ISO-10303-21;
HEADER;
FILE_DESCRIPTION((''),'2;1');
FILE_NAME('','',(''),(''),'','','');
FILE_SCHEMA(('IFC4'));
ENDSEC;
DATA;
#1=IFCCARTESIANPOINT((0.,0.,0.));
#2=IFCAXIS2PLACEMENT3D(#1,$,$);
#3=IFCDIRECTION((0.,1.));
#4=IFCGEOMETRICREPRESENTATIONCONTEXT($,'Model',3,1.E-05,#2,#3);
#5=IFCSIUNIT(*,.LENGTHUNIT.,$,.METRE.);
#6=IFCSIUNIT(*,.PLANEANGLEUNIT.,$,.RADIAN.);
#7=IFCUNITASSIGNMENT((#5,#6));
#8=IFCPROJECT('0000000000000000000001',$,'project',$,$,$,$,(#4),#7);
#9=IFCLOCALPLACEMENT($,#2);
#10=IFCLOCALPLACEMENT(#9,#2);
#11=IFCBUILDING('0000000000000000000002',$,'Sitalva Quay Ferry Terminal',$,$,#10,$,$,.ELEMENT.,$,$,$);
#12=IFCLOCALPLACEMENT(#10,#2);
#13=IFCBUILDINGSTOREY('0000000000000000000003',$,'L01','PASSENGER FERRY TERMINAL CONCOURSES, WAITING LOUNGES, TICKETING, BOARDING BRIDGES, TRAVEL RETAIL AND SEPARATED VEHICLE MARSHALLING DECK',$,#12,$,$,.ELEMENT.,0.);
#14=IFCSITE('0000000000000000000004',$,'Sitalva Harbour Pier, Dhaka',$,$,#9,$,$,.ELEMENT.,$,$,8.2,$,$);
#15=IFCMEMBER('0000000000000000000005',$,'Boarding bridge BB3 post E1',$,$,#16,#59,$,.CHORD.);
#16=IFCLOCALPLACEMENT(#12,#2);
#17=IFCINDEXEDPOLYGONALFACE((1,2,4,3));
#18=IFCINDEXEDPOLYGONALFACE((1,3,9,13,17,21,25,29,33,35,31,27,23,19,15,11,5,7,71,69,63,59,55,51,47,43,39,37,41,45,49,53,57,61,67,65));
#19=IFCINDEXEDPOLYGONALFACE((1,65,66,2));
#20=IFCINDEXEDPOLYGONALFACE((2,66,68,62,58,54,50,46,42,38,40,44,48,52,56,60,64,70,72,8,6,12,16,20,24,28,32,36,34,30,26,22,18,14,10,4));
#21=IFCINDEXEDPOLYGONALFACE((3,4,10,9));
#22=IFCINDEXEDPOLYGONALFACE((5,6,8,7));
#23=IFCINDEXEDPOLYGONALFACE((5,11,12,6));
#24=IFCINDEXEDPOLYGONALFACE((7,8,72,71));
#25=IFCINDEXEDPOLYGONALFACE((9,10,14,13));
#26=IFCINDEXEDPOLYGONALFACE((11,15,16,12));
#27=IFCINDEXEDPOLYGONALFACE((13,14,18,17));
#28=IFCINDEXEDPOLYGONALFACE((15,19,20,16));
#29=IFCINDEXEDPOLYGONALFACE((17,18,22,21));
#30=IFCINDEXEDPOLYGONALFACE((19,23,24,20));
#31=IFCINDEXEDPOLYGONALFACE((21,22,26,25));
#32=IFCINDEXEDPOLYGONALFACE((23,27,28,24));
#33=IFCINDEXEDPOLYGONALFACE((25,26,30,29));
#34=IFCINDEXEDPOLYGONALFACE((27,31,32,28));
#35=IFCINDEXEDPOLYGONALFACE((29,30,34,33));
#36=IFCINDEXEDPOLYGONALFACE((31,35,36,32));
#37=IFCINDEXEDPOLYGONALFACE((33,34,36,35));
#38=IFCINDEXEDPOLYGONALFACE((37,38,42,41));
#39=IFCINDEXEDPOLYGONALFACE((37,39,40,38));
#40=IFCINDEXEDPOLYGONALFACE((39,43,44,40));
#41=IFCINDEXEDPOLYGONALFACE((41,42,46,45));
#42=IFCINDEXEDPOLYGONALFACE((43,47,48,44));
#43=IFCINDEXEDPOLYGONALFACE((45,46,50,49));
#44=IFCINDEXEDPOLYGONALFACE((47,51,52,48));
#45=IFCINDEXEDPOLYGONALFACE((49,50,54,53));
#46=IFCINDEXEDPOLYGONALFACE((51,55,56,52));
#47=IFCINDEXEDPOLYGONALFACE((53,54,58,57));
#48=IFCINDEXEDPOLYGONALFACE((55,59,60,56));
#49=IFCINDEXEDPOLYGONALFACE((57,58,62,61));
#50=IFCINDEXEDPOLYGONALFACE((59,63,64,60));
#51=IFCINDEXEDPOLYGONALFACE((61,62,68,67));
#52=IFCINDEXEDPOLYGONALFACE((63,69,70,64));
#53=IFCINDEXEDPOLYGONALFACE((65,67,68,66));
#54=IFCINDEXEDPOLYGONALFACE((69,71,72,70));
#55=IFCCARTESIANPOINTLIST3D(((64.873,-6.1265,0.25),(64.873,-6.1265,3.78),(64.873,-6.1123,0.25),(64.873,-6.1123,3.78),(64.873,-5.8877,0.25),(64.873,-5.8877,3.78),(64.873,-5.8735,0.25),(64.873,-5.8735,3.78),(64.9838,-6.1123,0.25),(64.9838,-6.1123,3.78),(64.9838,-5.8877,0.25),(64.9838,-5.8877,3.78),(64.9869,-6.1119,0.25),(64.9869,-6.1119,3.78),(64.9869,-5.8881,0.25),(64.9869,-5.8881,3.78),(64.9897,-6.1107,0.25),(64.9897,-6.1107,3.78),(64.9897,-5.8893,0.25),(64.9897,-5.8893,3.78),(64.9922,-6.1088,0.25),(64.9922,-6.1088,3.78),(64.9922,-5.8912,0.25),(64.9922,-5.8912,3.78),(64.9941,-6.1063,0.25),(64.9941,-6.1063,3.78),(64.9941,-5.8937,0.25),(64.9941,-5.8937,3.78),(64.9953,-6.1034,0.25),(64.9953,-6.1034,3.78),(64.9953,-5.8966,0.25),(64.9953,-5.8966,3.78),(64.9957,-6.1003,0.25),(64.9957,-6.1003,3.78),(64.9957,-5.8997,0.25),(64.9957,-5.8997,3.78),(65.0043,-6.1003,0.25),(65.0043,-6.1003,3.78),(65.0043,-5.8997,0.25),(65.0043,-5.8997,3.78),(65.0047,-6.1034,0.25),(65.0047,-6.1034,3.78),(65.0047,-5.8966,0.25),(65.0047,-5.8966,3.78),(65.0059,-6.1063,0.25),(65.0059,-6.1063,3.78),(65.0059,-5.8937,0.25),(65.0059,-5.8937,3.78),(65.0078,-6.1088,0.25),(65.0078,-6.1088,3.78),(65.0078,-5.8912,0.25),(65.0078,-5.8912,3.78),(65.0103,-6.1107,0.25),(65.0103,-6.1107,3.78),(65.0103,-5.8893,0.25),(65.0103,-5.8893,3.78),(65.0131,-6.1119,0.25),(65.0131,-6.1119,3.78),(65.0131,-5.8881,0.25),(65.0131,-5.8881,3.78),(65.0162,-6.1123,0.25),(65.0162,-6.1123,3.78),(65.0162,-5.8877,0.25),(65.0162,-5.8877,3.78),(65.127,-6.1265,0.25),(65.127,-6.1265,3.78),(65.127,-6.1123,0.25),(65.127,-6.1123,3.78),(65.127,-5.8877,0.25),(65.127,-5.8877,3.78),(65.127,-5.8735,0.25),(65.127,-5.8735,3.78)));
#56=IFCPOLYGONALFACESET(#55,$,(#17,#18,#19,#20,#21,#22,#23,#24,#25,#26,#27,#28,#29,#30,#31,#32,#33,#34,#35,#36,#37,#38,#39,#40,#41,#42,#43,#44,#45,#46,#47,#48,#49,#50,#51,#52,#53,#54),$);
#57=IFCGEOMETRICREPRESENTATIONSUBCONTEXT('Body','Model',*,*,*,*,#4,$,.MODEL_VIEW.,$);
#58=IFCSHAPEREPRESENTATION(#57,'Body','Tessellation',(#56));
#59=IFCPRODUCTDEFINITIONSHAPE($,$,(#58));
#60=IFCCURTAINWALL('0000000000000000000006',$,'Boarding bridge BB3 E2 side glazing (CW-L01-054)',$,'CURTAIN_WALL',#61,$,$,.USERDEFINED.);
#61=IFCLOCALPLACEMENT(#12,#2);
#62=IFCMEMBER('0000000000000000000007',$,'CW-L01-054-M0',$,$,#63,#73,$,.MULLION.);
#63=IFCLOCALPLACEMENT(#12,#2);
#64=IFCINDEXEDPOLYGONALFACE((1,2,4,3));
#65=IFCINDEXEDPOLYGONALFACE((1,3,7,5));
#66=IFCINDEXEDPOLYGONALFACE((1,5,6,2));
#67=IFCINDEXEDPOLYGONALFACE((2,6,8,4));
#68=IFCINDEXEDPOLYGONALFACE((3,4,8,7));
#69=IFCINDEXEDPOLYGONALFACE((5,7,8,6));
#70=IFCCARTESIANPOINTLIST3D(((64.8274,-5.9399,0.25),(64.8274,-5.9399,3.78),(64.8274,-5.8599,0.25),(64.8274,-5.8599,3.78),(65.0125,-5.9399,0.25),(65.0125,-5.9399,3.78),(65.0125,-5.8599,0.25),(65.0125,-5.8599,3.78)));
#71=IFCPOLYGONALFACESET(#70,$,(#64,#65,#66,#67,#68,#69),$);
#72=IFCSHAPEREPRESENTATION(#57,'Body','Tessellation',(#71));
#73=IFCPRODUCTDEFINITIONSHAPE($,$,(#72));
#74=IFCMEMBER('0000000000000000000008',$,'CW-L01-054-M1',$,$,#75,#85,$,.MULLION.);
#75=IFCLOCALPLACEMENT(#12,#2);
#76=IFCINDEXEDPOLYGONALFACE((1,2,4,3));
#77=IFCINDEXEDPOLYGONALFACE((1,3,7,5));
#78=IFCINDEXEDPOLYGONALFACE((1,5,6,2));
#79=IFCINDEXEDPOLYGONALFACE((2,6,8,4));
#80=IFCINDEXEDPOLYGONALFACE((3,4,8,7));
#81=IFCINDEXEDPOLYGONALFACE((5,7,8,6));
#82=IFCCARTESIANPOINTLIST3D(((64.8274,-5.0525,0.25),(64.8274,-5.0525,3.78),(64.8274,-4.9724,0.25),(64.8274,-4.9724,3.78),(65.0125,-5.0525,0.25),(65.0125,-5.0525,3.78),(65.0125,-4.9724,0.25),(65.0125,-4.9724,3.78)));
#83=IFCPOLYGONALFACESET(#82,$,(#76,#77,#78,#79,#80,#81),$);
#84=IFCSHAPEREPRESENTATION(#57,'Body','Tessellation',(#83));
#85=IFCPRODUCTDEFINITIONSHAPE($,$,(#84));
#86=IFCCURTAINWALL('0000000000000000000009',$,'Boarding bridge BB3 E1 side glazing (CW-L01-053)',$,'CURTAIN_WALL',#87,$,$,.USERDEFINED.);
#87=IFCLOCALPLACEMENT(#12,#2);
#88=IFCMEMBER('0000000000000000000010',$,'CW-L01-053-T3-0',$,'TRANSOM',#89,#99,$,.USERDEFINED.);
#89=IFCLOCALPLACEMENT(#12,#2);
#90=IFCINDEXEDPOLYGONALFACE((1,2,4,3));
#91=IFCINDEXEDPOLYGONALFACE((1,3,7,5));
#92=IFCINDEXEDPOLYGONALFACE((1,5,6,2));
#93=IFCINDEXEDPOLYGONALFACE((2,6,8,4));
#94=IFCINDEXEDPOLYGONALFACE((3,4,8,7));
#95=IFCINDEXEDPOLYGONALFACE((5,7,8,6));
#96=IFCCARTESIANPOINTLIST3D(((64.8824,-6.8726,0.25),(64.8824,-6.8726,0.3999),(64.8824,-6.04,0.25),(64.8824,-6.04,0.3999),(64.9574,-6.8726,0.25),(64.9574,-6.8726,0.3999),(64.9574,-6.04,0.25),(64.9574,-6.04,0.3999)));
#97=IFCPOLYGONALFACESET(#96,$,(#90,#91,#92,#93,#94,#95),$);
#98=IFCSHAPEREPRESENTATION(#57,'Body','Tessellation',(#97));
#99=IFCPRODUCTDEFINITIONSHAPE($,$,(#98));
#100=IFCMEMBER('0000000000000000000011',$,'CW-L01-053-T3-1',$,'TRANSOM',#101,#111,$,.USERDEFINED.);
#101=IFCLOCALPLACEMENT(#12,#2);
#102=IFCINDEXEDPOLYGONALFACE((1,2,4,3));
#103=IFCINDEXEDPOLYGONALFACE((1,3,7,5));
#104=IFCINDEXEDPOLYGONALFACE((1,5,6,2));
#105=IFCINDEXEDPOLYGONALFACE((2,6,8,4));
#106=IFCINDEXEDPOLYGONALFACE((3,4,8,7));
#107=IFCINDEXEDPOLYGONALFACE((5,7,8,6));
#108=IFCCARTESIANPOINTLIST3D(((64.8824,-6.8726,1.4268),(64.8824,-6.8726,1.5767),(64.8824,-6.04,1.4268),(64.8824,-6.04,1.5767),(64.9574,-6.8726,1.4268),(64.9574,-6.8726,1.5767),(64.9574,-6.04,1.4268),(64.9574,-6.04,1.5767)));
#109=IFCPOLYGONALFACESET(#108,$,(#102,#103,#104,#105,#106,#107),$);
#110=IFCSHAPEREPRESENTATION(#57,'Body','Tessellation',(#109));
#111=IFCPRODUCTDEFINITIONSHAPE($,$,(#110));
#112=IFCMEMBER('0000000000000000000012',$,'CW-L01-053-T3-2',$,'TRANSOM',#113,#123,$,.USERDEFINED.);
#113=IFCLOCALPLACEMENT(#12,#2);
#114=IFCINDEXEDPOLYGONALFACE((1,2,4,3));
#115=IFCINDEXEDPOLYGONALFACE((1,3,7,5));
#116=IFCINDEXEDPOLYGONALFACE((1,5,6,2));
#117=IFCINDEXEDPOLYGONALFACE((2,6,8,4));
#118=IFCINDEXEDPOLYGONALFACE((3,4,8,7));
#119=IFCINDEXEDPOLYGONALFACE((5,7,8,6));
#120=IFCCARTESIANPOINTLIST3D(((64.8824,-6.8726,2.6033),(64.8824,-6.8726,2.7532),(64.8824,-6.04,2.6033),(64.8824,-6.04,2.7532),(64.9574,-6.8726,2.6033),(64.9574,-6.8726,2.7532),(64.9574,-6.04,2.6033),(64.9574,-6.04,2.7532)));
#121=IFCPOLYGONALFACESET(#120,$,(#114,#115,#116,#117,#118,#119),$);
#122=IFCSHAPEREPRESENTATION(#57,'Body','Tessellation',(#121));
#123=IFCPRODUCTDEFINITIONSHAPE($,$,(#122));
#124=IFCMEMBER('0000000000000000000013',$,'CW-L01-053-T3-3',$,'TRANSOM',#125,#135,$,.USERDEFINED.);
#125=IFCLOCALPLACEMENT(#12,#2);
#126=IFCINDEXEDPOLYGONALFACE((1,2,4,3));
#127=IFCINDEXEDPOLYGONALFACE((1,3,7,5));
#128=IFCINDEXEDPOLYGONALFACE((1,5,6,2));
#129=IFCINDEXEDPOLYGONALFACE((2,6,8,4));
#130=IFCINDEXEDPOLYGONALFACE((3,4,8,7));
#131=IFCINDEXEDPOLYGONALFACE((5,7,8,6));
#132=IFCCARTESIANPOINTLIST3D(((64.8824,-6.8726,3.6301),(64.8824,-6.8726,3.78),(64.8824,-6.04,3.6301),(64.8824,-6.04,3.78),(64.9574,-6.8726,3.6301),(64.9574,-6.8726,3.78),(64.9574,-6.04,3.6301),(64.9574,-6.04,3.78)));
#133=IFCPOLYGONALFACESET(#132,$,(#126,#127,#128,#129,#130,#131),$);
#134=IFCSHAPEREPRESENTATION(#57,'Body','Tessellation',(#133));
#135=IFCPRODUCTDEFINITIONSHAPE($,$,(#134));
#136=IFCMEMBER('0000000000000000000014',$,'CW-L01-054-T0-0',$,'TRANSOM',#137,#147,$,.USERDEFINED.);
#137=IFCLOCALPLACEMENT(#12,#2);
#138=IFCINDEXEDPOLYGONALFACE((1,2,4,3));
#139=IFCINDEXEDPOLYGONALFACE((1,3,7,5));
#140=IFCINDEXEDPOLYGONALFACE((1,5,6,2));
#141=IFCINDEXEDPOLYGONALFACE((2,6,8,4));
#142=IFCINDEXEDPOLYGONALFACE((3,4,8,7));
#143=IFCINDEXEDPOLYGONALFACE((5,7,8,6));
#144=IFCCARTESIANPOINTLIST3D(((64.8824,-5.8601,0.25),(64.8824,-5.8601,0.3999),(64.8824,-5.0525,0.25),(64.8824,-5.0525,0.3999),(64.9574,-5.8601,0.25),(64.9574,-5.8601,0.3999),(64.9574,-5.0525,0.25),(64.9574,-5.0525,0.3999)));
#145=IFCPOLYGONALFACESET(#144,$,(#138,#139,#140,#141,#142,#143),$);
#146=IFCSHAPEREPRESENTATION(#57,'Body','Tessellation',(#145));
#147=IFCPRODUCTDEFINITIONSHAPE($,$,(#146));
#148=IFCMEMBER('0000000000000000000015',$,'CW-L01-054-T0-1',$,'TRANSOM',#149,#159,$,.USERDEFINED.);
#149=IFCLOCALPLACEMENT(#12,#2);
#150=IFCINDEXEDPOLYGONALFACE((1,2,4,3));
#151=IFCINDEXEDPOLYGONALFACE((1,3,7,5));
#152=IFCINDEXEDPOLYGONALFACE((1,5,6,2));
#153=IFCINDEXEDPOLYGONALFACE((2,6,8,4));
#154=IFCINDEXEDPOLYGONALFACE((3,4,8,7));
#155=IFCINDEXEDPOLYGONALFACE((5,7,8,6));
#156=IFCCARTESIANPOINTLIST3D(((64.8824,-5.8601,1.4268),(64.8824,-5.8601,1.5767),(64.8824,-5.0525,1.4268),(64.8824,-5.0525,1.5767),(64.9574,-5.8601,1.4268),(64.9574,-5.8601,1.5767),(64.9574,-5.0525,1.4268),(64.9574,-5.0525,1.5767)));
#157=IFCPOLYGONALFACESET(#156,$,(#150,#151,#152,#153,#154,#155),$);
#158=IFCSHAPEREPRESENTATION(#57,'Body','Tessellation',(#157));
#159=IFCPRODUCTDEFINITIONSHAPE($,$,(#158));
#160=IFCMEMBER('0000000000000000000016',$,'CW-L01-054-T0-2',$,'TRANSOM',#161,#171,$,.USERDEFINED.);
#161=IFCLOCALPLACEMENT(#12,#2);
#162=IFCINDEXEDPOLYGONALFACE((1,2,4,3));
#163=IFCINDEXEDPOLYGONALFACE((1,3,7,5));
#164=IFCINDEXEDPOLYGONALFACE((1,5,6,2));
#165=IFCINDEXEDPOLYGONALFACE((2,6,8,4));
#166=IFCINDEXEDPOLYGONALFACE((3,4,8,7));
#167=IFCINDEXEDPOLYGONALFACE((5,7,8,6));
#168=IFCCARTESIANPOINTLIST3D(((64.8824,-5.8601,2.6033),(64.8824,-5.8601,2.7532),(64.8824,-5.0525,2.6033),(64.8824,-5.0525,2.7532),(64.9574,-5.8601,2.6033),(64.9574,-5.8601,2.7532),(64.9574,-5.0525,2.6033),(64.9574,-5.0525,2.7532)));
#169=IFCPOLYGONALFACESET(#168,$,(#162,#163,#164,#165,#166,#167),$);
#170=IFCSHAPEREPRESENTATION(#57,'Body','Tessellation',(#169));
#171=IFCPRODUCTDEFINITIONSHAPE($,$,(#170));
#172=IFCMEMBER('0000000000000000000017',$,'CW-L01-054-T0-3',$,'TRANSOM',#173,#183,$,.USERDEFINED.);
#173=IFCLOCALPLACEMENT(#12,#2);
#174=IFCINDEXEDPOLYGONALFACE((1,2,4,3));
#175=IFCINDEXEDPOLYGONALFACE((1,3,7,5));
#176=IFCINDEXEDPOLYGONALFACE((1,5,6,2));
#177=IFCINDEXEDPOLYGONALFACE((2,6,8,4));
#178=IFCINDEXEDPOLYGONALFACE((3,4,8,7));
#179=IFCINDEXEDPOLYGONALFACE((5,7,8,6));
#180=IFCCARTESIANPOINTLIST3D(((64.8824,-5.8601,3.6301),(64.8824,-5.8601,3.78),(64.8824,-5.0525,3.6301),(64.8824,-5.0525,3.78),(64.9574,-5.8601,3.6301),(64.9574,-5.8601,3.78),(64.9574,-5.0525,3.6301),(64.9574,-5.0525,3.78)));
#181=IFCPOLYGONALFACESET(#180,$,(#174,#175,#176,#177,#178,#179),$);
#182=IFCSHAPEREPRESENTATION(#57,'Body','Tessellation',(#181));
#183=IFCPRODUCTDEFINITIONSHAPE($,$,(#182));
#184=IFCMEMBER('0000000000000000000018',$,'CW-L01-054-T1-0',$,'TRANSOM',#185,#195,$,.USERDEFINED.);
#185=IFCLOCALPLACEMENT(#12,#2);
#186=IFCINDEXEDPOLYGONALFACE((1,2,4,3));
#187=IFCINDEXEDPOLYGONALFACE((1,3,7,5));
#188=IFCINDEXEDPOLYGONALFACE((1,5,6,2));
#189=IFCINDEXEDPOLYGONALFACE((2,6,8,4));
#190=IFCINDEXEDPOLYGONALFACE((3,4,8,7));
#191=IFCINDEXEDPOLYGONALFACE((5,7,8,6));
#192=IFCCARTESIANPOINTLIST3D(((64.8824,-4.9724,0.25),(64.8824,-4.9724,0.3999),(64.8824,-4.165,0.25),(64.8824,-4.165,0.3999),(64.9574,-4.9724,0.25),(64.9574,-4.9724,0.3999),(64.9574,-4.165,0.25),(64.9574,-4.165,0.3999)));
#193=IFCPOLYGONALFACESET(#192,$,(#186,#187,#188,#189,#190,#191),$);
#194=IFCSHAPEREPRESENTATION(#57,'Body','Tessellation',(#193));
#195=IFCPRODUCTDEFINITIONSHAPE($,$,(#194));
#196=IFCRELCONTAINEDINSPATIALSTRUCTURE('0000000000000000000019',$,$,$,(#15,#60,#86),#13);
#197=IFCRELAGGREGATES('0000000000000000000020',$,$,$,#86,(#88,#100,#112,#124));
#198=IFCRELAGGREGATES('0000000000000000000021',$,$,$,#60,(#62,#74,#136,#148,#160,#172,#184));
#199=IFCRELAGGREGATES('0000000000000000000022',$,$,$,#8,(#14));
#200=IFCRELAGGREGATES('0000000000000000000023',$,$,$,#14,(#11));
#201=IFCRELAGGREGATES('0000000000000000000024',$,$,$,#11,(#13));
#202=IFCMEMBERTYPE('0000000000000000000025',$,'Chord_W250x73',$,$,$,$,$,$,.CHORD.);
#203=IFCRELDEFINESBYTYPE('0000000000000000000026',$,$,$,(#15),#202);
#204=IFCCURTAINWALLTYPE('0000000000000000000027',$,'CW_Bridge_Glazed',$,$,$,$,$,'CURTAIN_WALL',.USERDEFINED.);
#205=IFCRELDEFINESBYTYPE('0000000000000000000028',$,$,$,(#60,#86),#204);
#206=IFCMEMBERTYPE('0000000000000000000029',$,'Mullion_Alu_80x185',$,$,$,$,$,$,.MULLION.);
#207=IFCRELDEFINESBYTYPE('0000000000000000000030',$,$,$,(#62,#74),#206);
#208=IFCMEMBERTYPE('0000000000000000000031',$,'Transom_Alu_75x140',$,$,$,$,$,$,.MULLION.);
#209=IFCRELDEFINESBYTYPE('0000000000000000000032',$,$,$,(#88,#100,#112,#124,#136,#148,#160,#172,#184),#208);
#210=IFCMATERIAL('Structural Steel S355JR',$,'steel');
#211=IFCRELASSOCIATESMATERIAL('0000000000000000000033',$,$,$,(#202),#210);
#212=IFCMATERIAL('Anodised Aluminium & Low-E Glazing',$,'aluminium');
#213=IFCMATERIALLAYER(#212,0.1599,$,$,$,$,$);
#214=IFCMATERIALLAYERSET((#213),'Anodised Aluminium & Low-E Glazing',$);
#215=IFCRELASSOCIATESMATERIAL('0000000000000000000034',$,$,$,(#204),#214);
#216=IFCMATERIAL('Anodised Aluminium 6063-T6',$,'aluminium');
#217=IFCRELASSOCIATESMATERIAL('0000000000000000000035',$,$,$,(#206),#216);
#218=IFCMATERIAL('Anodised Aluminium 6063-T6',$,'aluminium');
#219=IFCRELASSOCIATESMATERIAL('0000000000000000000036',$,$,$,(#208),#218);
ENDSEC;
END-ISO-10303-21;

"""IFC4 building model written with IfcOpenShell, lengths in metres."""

from ifc_helpers import new_model, si_unit, direction, frame, origin, origin_2d, place, context, subcontext, project, spatial, rectangle, i_section, extrude, material, layer, layer_set, material_profile, profile_set, type_object, element, aggregate, save


model = new_model("IFC4")

# Units and contexts
model_context = context("Model", 3, precision=1e-05, world=origin(), true_north=direction((0.0, 1.0)))
body_context = subcontext(model_context, "Body", "Model", "MODEL_VIEW")
ifc_project = project(units=[si_unit("LENGTHUNIT", "METRE"), si_unit("PLANEANGLEUNIT", "RADIAN")], contexts=[model_context])

# Site, building, storey
site_placement = place(None, origin())
site = spatial("IfcSite", under=ifc_project, at=site_placement, Name="Sitalva Harbour Pier, Dhaka", CompositionType="ELEMENT", RefElevation=8.2)
building_placement = place(site_placement, origin())
building = spatial("IfcBuilding", under=site, at=building_placement, Name="Sitalva Quay Ferry Terminal", CompositionType="ELEMENT")
storey_placement = place(building_placement, origin())
storey = spatial("IfcBuildingStorey", under=building, at=storey_placement, Name="L01", Description="PASSENGER FERRY TERMINAL CONCOURSES, WAITING LOUNGES, TICKETING, BOARDING BRIDGES, TRAVEL RETAIL AND SEPARATED VEHICLE MARSHALLING DECK", CompositionType="ELEMENT", Elevation=0.0)

# Member
ifc_material_1 = material(Name="Structural Steel S355JR", Category="steel")
ifc_material_profile_1 = material_profile(ifc_material_1, i_section(OverallWidth=0.2539, OverallDepth=0.2529, WebThickness=0.0085, FlangeThickness=0.0142, FilletRadius=0.012, at=origin_2d()), Name="W250x73")
ifc_profile_set_1 = profile_set([ifc_material_profile_1], Name="Structural Steel S355JR")
member_type_1 = type_object("IfcMemberType", Name="Chord_W250x73", PredefinedType="CHORD", material=ifc_profile_set_1)
member_1_placement = place(storey_placement, frame((65.0, -6.0, 0.25), z_axis=(0.0, 0.0, 1.0), x_axis=(1.0, 0.0, 0.0)))
element("IfcMember", 1, at=member_1_placement, inside=storey, type_object=member_type_1, Name="Boarding bridge BB3 post E1", PredefinedType="CHORD", context=body_context, shape_type="SweptSolid", body=[
    extrude(i_section(OverallWidth=0.2539, OverallDepth=0.2529, WebThickness=0.0085, FlangeThickness=0.0142, FilletRadius=0.012, at=origin_2d()), origin(), (0.0, 0.0, 1.0), 3.53),
])

# Curtain walls, members
ifc_material_2 = material(Name="Anodised Aluminium & Low-E Glazing", Category="aluminium")
ifc_layer_1 = layer(ifc_material_2, 0.1599)
ifc_layer_set_1 = layer_set([ifc_layer_1], Name="Anodised Aluminium & Low-E Glazing")
curtain_wall_type = type_object("IfcCurtainWallType", Name="CW_Bridge_Glazed", ElementType="CURTAIN_WALL", PredefinedType="USERDEFINED", material=ifc_layer_set_1)
curtain_wall_1_placement = place(storey_placement, origin())
curtain_wall_1 = element("IfcCurtainWall", 2, at=curtain_wall_1_placement, inside=storey, type_object=curtain_wall_type, Name="Boarding bridge BB3 E2 side glazing (CW-L01-054)", ObjectType="CURTAIN_WALL", PredefinedType="USERDEFINED")
ifc_material_3 = material(Name="Anodised Aluminium 6063-T6", Category="aluminium")
ifc_material_profile_2 = material_profile(ifc_material_3, rectangle(XDim=0.0801, YDim=0.1851, at=origin_2d()), Name="ALU80x185")
ifc_profile_set_2 = profile_set([ifc_material_profile_2], Name="Anodised Aluminium 6063-T6")
member_type_2 = type_object("IfcMemberType", Name="Mullion_Alu_80x185", PredefinedType="MULLION", material=ifc_profile_set_2)
member_2_placement = place(storey_placement, frame((64.9199, -5.8999, 0.25), z_axis=(0.0, 0.0, 1.0), x_axis=(0.0, 1.0, 0.0)))
member_2 = element("IfcMember", 3, at=member_2_placement, type_object=member_type_2, Name="CW-L01-054-M0", PredefinedType="MULLION", context=body_context, shape_type="SweptSolid", body=[
    extrude(rectangle(XDim=0.0801, YDim=0.1851, at=origin_2d()), origin(), (0.0, 0.0, 1.0), 3.53),
])
member_3_placement = place(storey_placement, frame((64.9199, -5.0125, 0.25), z_axis=(0.0, 0.0, 1.0), x_axis=(0.0, 1.0, 0.0)))
member_3 = element("IfcMember", 4, at=member_3_placement, type_object=member_type_2, Name="CW-L01-054-M1", PredefinedType="MULLION", context=body_context, shape_type="SweptSolid", body=[
    extrude(rectangle(XDim=0.0801, YDim=0.1851, at=origin_2d()), origin(), (0.0, 0.0, 1.0), 3.53),
])
curtain_wall_2_placement = place(storey_placement, origin())
curtain_wall_2 = element("IfcCurtainWall", 5, at=curtain_wall_2_placement, inside=storey, type_object=curtain_wall_type, Name="Boarding bridge BB3 E1 side glazing (CW-L01-053)", ObjectType="CURTAIN_WALL", PredefinedType="USERDEFINED")
ifc_material_4 = material(Name="Anodised Aluminium 6063-T6", Category="aluminium")
ifc_material_profile_3 = material_profile(ifc_material_4, rectangle(XDim=0.075, YDim=0.1499, at=origin_2d()), Name="ALU75x150")
ifc_profile_set_3 = profile_set([ifc_material_profile_3], Name="Anodised Aluminium 6063-T6")
member_type_3 = type_object("IfcMemberType", Name="Transom_Alu_75x140", PredefinedType="MULLION", material=ifc_profile_set_3)
member_4_placement = place(storey_placement, frame((64.9199, -6.8726, 0.325), z_axis=(0.0, 1.0, 0.0), x_axis=(-1.0, 0.0, 0.0)))
member_4 = element("IfcMember", 6, at=member_4_placement, type_object=member_type_3, Name="CW-L01-053-T3-0", ObjectType="TRANSOM", PredefinedType="USERDEFINED", context=body_context, shape_type="SweptSolid", body=[
    extrude(rectangle(XDim=0.075, YDim=0.1499, at=origin_2d()), origin(), (0.0, 0.0, 1.0), 0.8325),
])
member_5_placement = place(storey_placement, frame((64.9199, -6.8726, 1.5017), z_axis=(0.0, 1.0, 0.0), x_axis=(-1.0, 0.0, 0.0)))
member_5 = element("IfcMember", 7, at=member_5_placement, type_object=member_type_3, Name="CW-L01-053-T3-1", ObjectType="TRANSOM", PredefinedType="USERDEFINED", context=body_context, shape_type="SweptSolid", body=[
    extrude(rectangle(XDim=0.075, YDim=0.1499, at=origin_2d()), origin(), (0.0, 0.0, 1.0), 0.8325),
])
member_6_placement = place(storey_placement, frame((64.9199, -6.8726, 2.6782), z_axis=(0.0, 1.0, 0.0), x_axis=(-1.0, 0.0, 0.0)))
member_6 = element("IfcMember", 8, at=member_6_placement, type_object=member_type_3, Name="CW-L01-053-T3-2", ObjectType="TRANSOM", PredefinedType="USERDEFINED", context=body_context, shape_type="SweptSolid", body=[
    extrude(rectangle(XDim=0.075, YDim=0.1499, at=origin_2d()), origin(), (0.0, 0.0, 1.0), 0.8325),
])
member_7_placement = place(storey_placement, frame((64.9199, -6.8726, 3.7051), z_axis=(0.0, 1.0, 0.0), x_axis=(-1.0, 0.0, 0.0)))
member_7 = element("IfcMember", 9, at=member_7_placement, type_object=member_type_3, Name="CW-L01-053-T3-3", ObjectType="TRANSOM", PredefinedType="USERDEFINED", context=body_context, shape_type="SweptSolid", body=[
    extrude(rectangle(XDim=0.075, YDim=0.1499, at=origin_2d()), origin(), (0.0, 0.0, 1.0), 0.8325),
])

# Members
member_8_placement = place(storey_placement, frame((64.9199, -5.8601, 0.325), z_axis=(0.0, 1.0, 0.0), x_axis=(-1.0, 0.0, 0.0)))
member_8 = element("IfcMember", 10, at=member_8_placement, type_object=member_type_3, Name="CW-L01-054-T0-0", ObjectType="TRANSOM", PredefinedType="USERDEFINED", context=body_context, shape_type="SweptSolid", body=[
    extrude(rectangle(XDim=0.075, YDim=0.1499, at=origin_2d()), origin(), (0.0, 0.0, 1.0), 0.8076),
])
member_9_placement = place(storey_placement, frame((64.9199, -5.8601, 1.5017), z_axis=(0.0, 1.0, 0.0), x_axis=(-1.0, 0.0, 0.0)))
member_9 = element("IfcMember", 11, at=member_9_placement, type_object=member_type_3, Name="CW-L01-054-T0-1", ObjectType="TRANSOM", PredefinedType="USERDEFINED", context=body_context, shape_type="SweptSolid", body=[
    extrude(rectangle(XDim=0.075, YDim=0.1499, at=origin_2d()), origin(), (0.0, 0.0, 1.0), 0.8076),
])
member_10_placement = place(storey_placement, frame((64.9199, -5.8601, 2.6782), z_axis=(0.0, 1.0, 0.0), x_axis=(-1.0, 0.0, 0.0)))
member_10 = element("IfcMember", 12, at=member_10_placement, type_object=member_type_3, Name="CW-L01-054-T0-2", ObjectType="TRANSOM", PredefinedType="USERDEFINED", context=body_context, shape_type="SweptSolid", body=[
    extrude(rectangle(XDim=0.075, YDim=0.1499, at=origin_2d()), origin(), (0.0, 0.0, 1.0), 0.8076),
])
member_11_placement = place(storey_placement, frame((64.9199, -5.8601, 3.7051), z_axis=(0.0, 1.0, 0.0), x_axis=(-1.0, 0.0, 0.0)))
member_11 = element("IfcMember", 13, at=member_11_placement, type_object=member_type_3, Name="CW-L01-054-T0-3", ObjectType="TRANSOM", PredefinedType="USERDEFINED", context=body_context, shape_type="SweptSolid", body=[
    extrude(rectangle(XDim=0.075, YDim=0.1499, at=origin_2d()), origin(), (0.0, 0.0, 1.0), 0.8076),
])
member_12_placement = place(storey_placement, frame((64.9199, -4.9724, 0.325), z_axis=(0.0, 1.0, 0.0), x_axis=(-1.0, 0.0, 0.0)))
member_12 = element("IfcMember", 14, at=member_12_placement, type_object=member_type_3, Name="CW-L01-054-T1-0", ObjectType="TRANSOM", PredefinedType="USERDEFINED", context=body_context, shape_type="SweptSolid", body=[
    extrude(rectangle(XDim=0.075, YDim=0.1499, at=origin_2d()), origin(), (0.0, 0.0, 1.0), 0.8074),
])

aggregate(curtain_wall_2, [member_4, member_5, member_6, member_7])
aggregate(curtain_wall_1, [member_2, member_3, member_8, member_9, member_10, member_11, member_12])

save(model, "model.ifc")
